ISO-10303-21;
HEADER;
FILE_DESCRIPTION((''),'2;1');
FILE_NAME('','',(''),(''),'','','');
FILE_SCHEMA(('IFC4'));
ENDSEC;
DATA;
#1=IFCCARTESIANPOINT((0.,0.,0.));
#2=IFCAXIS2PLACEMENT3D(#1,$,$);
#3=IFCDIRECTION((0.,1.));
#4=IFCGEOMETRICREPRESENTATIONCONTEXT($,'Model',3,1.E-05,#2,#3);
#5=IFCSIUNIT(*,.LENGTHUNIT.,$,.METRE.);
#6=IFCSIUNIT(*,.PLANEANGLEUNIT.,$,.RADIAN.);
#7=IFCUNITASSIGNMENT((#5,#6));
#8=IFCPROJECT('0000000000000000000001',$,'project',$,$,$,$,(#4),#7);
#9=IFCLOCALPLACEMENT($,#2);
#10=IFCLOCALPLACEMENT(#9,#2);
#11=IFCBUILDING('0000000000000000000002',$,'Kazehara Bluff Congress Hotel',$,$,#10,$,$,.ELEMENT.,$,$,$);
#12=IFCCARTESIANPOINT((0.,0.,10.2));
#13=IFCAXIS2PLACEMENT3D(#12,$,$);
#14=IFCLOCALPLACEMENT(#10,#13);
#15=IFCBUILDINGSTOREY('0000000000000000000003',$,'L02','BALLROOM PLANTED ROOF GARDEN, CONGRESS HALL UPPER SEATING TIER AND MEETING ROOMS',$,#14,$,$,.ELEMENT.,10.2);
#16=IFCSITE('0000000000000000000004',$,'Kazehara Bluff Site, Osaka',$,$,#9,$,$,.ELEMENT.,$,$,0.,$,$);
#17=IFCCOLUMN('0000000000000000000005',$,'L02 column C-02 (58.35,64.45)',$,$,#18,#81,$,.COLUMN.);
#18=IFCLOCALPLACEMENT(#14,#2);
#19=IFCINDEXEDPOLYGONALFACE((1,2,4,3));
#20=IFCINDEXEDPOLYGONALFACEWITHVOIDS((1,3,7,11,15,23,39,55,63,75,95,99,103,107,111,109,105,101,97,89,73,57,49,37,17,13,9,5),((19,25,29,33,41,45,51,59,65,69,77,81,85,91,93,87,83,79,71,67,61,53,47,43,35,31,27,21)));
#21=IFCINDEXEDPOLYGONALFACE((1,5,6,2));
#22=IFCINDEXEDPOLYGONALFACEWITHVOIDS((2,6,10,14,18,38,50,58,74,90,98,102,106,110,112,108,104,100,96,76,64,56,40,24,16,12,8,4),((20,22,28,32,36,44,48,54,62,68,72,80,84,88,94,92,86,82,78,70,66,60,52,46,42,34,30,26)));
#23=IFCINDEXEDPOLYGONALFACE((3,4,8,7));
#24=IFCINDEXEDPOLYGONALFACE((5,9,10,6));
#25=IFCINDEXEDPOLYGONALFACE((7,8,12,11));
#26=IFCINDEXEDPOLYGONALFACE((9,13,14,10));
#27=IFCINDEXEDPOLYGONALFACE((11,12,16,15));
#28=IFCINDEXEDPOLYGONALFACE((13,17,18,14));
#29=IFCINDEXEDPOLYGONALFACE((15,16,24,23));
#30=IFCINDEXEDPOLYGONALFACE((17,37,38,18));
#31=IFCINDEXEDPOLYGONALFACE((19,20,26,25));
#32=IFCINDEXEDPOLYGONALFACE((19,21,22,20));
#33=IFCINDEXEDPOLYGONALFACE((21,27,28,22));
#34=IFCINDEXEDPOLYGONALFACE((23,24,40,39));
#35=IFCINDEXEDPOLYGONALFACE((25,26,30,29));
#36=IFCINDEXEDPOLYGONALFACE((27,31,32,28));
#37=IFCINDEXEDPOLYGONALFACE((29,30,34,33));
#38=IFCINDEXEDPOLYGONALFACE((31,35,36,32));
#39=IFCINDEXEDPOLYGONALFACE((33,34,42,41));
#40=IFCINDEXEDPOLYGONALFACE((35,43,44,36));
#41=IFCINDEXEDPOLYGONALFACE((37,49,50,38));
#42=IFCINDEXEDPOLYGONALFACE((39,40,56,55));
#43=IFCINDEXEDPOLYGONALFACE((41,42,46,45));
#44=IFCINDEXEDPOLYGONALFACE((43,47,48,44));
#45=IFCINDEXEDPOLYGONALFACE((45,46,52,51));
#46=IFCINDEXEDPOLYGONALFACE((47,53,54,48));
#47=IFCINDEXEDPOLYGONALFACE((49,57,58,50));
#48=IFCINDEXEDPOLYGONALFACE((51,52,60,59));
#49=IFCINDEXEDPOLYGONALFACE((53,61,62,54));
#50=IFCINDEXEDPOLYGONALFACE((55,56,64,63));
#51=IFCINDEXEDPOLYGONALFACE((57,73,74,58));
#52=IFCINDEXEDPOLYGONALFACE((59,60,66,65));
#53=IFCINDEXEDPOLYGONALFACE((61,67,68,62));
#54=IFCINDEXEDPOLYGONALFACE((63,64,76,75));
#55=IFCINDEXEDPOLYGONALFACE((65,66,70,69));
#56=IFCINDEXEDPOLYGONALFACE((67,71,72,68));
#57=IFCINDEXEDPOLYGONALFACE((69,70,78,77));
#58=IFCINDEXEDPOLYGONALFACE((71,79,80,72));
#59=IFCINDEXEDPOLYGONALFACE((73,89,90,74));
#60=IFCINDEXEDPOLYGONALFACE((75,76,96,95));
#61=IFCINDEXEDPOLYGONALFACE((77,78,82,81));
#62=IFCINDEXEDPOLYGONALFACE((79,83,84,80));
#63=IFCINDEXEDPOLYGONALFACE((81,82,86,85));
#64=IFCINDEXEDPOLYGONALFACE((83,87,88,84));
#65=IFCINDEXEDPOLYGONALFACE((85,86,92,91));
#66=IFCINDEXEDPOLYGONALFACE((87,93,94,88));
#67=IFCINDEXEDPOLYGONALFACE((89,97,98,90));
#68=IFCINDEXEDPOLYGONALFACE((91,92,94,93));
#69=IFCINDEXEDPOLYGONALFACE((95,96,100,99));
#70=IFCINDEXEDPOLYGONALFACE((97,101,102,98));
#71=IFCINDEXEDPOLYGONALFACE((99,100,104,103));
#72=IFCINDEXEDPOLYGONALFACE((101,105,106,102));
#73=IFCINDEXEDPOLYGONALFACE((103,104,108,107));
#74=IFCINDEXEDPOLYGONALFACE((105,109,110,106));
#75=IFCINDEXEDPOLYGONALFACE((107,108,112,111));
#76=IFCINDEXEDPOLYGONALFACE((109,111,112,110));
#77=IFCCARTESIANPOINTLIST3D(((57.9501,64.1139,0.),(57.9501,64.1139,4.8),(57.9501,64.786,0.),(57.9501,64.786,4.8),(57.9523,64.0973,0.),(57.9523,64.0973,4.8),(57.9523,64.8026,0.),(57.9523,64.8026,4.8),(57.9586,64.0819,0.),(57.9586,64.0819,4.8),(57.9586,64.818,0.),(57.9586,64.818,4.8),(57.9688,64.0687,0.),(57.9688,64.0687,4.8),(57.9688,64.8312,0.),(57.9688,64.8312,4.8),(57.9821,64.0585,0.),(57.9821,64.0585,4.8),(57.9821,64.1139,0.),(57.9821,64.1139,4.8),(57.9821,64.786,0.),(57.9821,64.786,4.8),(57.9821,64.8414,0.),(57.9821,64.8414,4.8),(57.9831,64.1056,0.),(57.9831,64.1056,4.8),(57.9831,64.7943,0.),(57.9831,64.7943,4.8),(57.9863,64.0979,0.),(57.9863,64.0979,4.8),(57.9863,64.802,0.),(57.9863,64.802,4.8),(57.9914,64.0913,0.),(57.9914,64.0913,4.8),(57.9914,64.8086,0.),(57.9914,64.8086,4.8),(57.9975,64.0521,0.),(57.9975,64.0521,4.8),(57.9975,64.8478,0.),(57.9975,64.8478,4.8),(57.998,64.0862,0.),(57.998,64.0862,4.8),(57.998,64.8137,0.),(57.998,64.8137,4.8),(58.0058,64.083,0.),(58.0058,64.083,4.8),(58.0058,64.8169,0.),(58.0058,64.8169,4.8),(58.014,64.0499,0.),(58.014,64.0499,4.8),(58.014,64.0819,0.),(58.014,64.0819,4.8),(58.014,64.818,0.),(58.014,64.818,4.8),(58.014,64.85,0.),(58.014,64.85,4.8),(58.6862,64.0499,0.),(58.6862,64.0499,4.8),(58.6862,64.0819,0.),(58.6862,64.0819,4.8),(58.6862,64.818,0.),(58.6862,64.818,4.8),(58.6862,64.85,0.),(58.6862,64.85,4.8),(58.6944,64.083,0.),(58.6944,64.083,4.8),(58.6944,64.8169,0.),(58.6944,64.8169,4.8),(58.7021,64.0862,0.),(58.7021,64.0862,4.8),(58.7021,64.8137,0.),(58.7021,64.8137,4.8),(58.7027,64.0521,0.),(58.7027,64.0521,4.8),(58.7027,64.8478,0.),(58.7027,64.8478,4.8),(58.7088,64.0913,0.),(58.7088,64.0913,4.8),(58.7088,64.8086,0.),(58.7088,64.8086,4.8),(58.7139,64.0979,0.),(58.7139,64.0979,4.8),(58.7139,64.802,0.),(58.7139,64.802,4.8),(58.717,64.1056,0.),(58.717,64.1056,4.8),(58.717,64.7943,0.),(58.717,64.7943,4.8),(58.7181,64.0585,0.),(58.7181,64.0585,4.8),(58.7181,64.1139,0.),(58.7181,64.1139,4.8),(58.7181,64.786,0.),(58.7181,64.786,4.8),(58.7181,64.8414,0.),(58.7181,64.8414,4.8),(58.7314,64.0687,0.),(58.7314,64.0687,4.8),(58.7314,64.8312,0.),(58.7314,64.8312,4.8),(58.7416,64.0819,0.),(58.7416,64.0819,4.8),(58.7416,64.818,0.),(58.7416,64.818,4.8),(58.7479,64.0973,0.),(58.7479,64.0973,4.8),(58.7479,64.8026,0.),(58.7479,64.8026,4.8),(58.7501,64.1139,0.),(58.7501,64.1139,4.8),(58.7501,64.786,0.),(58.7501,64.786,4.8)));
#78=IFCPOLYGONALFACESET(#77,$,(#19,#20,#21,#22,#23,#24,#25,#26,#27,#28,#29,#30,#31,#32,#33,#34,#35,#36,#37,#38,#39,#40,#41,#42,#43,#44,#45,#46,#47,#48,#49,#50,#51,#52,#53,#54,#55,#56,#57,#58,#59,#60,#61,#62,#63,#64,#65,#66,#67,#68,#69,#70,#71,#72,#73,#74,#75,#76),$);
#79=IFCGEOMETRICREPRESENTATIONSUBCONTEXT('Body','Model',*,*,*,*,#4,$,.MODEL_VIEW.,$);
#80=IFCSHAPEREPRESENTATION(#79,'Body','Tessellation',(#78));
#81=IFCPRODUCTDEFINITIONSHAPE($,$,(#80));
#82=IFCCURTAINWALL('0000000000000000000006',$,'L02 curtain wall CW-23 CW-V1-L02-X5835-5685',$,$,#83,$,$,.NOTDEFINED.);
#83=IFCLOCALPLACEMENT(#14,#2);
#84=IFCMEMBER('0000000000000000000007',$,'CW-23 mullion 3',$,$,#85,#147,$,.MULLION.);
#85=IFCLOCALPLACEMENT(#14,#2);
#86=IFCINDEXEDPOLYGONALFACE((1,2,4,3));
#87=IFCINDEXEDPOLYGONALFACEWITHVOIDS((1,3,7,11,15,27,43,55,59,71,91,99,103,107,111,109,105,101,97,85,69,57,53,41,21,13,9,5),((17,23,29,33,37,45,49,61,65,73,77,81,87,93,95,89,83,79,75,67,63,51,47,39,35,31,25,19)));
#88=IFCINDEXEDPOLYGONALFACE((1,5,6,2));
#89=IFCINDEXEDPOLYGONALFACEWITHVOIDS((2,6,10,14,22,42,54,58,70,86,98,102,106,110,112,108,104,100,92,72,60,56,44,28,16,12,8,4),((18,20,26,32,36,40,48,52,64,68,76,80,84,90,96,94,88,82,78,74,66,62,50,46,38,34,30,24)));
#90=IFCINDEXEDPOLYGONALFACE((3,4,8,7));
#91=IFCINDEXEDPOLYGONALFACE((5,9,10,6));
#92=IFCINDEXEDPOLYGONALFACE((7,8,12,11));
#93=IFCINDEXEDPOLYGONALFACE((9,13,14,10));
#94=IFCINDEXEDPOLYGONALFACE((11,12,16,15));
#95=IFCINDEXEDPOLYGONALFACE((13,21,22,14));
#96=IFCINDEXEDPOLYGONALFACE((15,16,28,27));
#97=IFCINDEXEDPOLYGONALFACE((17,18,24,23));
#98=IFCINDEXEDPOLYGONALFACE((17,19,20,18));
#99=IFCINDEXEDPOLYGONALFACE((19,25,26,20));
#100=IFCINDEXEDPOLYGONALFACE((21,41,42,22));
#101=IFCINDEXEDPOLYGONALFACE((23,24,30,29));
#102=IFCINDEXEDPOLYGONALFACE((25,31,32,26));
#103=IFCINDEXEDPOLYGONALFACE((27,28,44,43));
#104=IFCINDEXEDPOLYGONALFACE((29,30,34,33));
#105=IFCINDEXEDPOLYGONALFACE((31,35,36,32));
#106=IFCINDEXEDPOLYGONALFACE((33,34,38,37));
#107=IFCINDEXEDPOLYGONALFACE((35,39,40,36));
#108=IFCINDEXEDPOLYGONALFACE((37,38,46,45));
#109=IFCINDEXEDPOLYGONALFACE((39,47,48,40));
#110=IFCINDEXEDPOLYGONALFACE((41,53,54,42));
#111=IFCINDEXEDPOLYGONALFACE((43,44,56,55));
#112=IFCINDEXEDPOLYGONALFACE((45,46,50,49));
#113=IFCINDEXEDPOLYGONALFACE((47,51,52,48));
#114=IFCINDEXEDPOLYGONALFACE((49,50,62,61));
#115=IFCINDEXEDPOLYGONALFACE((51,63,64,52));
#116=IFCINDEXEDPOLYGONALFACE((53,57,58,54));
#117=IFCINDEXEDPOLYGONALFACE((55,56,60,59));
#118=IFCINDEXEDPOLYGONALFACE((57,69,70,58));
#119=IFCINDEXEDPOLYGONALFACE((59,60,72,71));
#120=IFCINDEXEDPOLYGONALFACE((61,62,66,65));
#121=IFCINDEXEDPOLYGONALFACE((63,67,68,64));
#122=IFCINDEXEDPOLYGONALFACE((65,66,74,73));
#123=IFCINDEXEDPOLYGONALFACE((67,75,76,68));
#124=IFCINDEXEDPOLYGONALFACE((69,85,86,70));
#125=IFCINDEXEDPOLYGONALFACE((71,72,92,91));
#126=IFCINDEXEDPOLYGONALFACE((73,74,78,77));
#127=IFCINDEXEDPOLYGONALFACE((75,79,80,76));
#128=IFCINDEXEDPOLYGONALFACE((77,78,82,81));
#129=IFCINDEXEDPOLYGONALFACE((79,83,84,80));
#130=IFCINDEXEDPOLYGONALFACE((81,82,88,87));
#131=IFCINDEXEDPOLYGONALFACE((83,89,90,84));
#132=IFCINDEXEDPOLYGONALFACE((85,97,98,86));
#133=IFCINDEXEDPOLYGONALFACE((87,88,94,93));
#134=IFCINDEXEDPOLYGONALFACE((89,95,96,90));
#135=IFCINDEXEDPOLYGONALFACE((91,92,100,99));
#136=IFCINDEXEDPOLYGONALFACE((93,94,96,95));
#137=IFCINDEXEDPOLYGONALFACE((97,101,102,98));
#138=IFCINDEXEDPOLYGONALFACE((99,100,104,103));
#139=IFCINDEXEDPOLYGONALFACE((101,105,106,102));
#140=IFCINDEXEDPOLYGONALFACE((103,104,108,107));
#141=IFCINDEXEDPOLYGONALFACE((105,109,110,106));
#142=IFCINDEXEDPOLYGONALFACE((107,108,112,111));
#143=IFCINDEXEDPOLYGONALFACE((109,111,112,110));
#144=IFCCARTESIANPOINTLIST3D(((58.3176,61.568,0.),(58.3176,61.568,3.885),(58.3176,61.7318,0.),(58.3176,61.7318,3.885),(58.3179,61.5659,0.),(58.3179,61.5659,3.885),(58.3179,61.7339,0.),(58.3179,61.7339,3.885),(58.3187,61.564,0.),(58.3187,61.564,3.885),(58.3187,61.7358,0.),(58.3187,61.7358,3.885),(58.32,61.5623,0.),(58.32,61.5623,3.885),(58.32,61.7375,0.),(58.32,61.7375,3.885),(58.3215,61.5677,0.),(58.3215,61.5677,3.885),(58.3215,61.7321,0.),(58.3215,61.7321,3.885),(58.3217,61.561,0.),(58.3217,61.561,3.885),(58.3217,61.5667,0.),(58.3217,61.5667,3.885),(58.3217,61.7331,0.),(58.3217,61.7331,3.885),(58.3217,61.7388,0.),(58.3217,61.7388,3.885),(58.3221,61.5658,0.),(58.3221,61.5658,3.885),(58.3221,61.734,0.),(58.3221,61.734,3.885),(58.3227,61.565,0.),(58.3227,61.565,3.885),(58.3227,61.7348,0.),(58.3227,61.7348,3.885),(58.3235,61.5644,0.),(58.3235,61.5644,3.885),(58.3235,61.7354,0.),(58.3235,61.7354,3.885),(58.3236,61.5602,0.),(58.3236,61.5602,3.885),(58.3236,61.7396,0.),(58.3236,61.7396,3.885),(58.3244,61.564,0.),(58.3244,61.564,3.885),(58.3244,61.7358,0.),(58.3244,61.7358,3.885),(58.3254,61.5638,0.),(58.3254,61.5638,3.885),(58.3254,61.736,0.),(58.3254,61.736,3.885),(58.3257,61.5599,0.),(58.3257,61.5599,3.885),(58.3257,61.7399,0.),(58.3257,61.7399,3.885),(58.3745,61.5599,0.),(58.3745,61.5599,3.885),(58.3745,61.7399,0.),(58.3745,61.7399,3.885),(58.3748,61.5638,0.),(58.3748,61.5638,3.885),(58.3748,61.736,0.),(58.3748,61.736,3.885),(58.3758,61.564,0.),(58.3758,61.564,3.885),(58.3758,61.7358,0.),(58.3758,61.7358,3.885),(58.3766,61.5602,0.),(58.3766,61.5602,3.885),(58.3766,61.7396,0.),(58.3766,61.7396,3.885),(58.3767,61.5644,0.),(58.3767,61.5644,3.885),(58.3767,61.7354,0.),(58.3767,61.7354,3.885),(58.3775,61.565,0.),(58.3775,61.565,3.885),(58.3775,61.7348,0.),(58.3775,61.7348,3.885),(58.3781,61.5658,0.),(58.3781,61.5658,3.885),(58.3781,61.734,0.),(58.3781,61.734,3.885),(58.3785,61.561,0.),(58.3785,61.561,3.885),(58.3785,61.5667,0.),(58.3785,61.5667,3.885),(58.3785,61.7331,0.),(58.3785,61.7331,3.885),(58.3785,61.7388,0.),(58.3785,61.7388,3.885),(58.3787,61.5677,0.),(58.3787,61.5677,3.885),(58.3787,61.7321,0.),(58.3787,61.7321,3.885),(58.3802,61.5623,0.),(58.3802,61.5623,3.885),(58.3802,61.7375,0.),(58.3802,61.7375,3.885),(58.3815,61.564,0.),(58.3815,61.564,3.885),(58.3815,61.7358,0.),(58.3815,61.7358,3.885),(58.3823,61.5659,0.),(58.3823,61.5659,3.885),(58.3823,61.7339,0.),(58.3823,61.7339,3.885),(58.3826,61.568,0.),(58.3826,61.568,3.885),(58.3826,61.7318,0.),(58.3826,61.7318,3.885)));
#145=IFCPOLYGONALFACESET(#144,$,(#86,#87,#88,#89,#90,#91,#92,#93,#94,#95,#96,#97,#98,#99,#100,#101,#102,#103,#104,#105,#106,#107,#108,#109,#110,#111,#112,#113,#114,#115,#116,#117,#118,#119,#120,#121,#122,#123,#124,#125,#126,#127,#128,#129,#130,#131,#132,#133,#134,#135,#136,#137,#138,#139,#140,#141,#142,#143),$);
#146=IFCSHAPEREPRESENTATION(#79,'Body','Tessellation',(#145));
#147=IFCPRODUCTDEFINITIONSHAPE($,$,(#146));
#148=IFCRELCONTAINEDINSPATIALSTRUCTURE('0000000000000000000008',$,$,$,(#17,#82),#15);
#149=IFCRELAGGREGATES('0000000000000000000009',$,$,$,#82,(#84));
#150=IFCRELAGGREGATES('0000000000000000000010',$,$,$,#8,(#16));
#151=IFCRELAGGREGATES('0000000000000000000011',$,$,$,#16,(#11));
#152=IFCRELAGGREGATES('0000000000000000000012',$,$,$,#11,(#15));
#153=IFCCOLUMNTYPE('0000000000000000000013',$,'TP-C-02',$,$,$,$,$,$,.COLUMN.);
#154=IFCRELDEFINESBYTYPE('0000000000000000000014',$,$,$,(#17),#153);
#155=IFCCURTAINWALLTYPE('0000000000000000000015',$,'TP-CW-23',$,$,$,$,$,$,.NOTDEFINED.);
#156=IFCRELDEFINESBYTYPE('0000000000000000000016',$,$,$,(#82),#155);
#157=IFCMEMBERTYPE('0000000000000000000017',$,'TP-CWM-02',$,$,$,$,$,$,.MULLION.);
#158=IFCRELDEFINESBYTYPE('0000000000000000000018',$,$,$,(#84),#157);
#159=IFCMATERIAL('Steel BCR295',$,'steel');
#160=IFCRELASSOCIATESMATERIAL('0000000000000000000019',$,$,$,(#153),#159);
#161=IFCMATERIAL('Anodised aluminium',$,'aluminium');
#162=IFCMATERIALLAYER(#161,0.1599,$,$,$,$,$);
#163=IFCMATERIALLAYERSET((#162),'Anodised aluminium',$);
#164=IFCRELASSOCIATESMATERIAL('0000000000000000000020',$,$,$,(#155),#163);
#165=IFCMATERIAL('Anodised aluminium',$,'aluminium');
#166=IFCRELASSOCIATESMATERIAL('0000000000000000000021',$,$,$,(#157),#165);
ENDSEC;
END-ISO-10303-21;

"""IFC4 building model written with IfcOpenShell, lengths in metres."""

from ifc_helpers import new_model, si_unit, direction, frame, origin, origin_2d, place, context, subcontext, project, spatial, hollow_rectangle, extrude, material, layer, layer_set, material_profile, profile_set, type_object, element, aggregate, save


model = new_model("IFC4")

# Units and contexts
model_context = context("Model", 3, precision=1e-05, world=origin(), true_north=direction((0.0, 1.0)))
body_context = subcontext(model_context, "Body", "Model", "MODEL_VIEW")
ifc_project = project(units=[si_unit("LENGTHUNIT", "METRE"), si_unit("PLANEANGLEUNIT", "RADIAN")], contexts=[model_context])

# Site, building, storey
site_placement = place(None, origin())
site = spatial("IfcSite", under=ifc_project, at=site_placement, Name="Kazehara Bluff Site, Osaka", CompositionType="ELEMENT", RefElevation=0.0)
building_placement = place(site_placement, origin())
building = spatial("IfcBuilding", under=site, at=building_placement, Name="Kazehara Bluff Congress Hotel", CompositionType="ELEMENT")
storey_placement = place(building_placement, frame((0.0, 0.0, 10.2)))
storey = spatial("IfcBuildingStorey", under=building, at=storey_placement, Name="L02", Description="BALLROOM PLANTED ROOF GARDEN, CONGRESS HALL UPPER SEATING TIER AND MEETING ROOMS", CompositionType="ELEMENT", Elevation=10.2)

# Column
ifc_material_1 = material(Name="Steel BCR295", Category="steel")
ifc_material_profile_1 = material_profile(ifc_material_1, hollow_rectangle(XDim=0.8, YDim=0.8, WallThickness=0.032, InnerFilletRadius=0.032, OuterFilletRadius=0.064, at=origin_2d()))
ifc_profile_set_1 = profile_set([ifc_material_profile_1], Name="Steel BCR295")
column_type = type_object("IfcColumnType", Name="TP-C-02", PredefinedType="COLUMN", material=ifc_profile_set_1)
column_placement = place(storey_placement, frame((58.3501, 64.45, 0.0), z_axis=(0.0, 0.0, 1.0), x_axis=(1.0, 0.0, 0.0)))
element("IfcColumn", 1, at=column_placement, inside=storey, type_object=column_type, Name="L02 column C-02 (58.35,64.45)", PredefinedType="COLUMN", context=body_context, shape_type="SweptSolid", body=[
    extrude(hollow_rectangle(XDim=0.8, YDim=0.8, WallThickness=0.032, InnerFilletRadius=0.032, OuterFilletRadius=0.064, at=origin_2d()), origin(), (0.0, 0.0, 1.0), 4.8),
])

# Curtain wall, member
ifc_material_2 = material(Name="Anodised aluminium", Category="aluminium")
ifc_layer_1 = layer(ifc_material_2, 0.1599)
ifc_layer_set_1 = layer_set([ifc_layer_1], Name="Anodised aluminium")
curtain_wall_type = type_object("IfcCurtainWallType", Name="TP-CW-23", PredefinedType="NOTDEFINED", material=ifc_layer_set_1)
curtain_wall_1_placement = place(storey_placement, origin())
curtain_wall_1 = element("IfcCurtainWall", 2, at=curtain_wall_1_placement, inside=storey, type_object=curtain_wall_type, Name="L02 curtain wall CW-23 CW-V1-L02-X5835-5685", PredefinedType="NOTDEFINED")
ifc_material_3 = material(Name="Anodised aluminium", Category="aluminium")
ifc_material_profile_2 = material_profile(ifc_material_3, hollow_rectangle(XDim=0.0649, YDim=0.1799, WallThickness=0.0039, InnerFilletRadius=0.0039, OuterFilletRadius=0.0081, at=origin_2d()))
ifc_profile_set_2 = profile_set([ifc_material_profile_2], Name="Anodised aluminium")
member_type_1 = type_object("IfcMemberType", Name="TP-CWM-02", PredefinedType="MULLION", material=ifc_profile_set_2)
member_1_placement = place(storey_placement, frame((58.3501, 61.6499, 0.0), z_axis=(0.0, 0.0, 1.0), x_axis=(-1.0, 0.0, 0.0)))
member_1 = element("IfcMember", 3, at=member_1_placement, type_object=member_type_1, Name="CW-23 mullion 3", PredefinedType="MULLION", context=body_context, shape_type="SweptSolid", body=[
    extrude(hollow_rectangle(XDim=0.0649, YDim=0.1799, WallThickness=0.0039, InnerFilletRadius=0.0039, OuterFilletRadius=0.0081, at=origin_2d()), origin(), (0.0, 0.0, 1.0), 3.885),
])

aggregate(curtain_wall_1, [member_1])

save(model, "model.ifc")
